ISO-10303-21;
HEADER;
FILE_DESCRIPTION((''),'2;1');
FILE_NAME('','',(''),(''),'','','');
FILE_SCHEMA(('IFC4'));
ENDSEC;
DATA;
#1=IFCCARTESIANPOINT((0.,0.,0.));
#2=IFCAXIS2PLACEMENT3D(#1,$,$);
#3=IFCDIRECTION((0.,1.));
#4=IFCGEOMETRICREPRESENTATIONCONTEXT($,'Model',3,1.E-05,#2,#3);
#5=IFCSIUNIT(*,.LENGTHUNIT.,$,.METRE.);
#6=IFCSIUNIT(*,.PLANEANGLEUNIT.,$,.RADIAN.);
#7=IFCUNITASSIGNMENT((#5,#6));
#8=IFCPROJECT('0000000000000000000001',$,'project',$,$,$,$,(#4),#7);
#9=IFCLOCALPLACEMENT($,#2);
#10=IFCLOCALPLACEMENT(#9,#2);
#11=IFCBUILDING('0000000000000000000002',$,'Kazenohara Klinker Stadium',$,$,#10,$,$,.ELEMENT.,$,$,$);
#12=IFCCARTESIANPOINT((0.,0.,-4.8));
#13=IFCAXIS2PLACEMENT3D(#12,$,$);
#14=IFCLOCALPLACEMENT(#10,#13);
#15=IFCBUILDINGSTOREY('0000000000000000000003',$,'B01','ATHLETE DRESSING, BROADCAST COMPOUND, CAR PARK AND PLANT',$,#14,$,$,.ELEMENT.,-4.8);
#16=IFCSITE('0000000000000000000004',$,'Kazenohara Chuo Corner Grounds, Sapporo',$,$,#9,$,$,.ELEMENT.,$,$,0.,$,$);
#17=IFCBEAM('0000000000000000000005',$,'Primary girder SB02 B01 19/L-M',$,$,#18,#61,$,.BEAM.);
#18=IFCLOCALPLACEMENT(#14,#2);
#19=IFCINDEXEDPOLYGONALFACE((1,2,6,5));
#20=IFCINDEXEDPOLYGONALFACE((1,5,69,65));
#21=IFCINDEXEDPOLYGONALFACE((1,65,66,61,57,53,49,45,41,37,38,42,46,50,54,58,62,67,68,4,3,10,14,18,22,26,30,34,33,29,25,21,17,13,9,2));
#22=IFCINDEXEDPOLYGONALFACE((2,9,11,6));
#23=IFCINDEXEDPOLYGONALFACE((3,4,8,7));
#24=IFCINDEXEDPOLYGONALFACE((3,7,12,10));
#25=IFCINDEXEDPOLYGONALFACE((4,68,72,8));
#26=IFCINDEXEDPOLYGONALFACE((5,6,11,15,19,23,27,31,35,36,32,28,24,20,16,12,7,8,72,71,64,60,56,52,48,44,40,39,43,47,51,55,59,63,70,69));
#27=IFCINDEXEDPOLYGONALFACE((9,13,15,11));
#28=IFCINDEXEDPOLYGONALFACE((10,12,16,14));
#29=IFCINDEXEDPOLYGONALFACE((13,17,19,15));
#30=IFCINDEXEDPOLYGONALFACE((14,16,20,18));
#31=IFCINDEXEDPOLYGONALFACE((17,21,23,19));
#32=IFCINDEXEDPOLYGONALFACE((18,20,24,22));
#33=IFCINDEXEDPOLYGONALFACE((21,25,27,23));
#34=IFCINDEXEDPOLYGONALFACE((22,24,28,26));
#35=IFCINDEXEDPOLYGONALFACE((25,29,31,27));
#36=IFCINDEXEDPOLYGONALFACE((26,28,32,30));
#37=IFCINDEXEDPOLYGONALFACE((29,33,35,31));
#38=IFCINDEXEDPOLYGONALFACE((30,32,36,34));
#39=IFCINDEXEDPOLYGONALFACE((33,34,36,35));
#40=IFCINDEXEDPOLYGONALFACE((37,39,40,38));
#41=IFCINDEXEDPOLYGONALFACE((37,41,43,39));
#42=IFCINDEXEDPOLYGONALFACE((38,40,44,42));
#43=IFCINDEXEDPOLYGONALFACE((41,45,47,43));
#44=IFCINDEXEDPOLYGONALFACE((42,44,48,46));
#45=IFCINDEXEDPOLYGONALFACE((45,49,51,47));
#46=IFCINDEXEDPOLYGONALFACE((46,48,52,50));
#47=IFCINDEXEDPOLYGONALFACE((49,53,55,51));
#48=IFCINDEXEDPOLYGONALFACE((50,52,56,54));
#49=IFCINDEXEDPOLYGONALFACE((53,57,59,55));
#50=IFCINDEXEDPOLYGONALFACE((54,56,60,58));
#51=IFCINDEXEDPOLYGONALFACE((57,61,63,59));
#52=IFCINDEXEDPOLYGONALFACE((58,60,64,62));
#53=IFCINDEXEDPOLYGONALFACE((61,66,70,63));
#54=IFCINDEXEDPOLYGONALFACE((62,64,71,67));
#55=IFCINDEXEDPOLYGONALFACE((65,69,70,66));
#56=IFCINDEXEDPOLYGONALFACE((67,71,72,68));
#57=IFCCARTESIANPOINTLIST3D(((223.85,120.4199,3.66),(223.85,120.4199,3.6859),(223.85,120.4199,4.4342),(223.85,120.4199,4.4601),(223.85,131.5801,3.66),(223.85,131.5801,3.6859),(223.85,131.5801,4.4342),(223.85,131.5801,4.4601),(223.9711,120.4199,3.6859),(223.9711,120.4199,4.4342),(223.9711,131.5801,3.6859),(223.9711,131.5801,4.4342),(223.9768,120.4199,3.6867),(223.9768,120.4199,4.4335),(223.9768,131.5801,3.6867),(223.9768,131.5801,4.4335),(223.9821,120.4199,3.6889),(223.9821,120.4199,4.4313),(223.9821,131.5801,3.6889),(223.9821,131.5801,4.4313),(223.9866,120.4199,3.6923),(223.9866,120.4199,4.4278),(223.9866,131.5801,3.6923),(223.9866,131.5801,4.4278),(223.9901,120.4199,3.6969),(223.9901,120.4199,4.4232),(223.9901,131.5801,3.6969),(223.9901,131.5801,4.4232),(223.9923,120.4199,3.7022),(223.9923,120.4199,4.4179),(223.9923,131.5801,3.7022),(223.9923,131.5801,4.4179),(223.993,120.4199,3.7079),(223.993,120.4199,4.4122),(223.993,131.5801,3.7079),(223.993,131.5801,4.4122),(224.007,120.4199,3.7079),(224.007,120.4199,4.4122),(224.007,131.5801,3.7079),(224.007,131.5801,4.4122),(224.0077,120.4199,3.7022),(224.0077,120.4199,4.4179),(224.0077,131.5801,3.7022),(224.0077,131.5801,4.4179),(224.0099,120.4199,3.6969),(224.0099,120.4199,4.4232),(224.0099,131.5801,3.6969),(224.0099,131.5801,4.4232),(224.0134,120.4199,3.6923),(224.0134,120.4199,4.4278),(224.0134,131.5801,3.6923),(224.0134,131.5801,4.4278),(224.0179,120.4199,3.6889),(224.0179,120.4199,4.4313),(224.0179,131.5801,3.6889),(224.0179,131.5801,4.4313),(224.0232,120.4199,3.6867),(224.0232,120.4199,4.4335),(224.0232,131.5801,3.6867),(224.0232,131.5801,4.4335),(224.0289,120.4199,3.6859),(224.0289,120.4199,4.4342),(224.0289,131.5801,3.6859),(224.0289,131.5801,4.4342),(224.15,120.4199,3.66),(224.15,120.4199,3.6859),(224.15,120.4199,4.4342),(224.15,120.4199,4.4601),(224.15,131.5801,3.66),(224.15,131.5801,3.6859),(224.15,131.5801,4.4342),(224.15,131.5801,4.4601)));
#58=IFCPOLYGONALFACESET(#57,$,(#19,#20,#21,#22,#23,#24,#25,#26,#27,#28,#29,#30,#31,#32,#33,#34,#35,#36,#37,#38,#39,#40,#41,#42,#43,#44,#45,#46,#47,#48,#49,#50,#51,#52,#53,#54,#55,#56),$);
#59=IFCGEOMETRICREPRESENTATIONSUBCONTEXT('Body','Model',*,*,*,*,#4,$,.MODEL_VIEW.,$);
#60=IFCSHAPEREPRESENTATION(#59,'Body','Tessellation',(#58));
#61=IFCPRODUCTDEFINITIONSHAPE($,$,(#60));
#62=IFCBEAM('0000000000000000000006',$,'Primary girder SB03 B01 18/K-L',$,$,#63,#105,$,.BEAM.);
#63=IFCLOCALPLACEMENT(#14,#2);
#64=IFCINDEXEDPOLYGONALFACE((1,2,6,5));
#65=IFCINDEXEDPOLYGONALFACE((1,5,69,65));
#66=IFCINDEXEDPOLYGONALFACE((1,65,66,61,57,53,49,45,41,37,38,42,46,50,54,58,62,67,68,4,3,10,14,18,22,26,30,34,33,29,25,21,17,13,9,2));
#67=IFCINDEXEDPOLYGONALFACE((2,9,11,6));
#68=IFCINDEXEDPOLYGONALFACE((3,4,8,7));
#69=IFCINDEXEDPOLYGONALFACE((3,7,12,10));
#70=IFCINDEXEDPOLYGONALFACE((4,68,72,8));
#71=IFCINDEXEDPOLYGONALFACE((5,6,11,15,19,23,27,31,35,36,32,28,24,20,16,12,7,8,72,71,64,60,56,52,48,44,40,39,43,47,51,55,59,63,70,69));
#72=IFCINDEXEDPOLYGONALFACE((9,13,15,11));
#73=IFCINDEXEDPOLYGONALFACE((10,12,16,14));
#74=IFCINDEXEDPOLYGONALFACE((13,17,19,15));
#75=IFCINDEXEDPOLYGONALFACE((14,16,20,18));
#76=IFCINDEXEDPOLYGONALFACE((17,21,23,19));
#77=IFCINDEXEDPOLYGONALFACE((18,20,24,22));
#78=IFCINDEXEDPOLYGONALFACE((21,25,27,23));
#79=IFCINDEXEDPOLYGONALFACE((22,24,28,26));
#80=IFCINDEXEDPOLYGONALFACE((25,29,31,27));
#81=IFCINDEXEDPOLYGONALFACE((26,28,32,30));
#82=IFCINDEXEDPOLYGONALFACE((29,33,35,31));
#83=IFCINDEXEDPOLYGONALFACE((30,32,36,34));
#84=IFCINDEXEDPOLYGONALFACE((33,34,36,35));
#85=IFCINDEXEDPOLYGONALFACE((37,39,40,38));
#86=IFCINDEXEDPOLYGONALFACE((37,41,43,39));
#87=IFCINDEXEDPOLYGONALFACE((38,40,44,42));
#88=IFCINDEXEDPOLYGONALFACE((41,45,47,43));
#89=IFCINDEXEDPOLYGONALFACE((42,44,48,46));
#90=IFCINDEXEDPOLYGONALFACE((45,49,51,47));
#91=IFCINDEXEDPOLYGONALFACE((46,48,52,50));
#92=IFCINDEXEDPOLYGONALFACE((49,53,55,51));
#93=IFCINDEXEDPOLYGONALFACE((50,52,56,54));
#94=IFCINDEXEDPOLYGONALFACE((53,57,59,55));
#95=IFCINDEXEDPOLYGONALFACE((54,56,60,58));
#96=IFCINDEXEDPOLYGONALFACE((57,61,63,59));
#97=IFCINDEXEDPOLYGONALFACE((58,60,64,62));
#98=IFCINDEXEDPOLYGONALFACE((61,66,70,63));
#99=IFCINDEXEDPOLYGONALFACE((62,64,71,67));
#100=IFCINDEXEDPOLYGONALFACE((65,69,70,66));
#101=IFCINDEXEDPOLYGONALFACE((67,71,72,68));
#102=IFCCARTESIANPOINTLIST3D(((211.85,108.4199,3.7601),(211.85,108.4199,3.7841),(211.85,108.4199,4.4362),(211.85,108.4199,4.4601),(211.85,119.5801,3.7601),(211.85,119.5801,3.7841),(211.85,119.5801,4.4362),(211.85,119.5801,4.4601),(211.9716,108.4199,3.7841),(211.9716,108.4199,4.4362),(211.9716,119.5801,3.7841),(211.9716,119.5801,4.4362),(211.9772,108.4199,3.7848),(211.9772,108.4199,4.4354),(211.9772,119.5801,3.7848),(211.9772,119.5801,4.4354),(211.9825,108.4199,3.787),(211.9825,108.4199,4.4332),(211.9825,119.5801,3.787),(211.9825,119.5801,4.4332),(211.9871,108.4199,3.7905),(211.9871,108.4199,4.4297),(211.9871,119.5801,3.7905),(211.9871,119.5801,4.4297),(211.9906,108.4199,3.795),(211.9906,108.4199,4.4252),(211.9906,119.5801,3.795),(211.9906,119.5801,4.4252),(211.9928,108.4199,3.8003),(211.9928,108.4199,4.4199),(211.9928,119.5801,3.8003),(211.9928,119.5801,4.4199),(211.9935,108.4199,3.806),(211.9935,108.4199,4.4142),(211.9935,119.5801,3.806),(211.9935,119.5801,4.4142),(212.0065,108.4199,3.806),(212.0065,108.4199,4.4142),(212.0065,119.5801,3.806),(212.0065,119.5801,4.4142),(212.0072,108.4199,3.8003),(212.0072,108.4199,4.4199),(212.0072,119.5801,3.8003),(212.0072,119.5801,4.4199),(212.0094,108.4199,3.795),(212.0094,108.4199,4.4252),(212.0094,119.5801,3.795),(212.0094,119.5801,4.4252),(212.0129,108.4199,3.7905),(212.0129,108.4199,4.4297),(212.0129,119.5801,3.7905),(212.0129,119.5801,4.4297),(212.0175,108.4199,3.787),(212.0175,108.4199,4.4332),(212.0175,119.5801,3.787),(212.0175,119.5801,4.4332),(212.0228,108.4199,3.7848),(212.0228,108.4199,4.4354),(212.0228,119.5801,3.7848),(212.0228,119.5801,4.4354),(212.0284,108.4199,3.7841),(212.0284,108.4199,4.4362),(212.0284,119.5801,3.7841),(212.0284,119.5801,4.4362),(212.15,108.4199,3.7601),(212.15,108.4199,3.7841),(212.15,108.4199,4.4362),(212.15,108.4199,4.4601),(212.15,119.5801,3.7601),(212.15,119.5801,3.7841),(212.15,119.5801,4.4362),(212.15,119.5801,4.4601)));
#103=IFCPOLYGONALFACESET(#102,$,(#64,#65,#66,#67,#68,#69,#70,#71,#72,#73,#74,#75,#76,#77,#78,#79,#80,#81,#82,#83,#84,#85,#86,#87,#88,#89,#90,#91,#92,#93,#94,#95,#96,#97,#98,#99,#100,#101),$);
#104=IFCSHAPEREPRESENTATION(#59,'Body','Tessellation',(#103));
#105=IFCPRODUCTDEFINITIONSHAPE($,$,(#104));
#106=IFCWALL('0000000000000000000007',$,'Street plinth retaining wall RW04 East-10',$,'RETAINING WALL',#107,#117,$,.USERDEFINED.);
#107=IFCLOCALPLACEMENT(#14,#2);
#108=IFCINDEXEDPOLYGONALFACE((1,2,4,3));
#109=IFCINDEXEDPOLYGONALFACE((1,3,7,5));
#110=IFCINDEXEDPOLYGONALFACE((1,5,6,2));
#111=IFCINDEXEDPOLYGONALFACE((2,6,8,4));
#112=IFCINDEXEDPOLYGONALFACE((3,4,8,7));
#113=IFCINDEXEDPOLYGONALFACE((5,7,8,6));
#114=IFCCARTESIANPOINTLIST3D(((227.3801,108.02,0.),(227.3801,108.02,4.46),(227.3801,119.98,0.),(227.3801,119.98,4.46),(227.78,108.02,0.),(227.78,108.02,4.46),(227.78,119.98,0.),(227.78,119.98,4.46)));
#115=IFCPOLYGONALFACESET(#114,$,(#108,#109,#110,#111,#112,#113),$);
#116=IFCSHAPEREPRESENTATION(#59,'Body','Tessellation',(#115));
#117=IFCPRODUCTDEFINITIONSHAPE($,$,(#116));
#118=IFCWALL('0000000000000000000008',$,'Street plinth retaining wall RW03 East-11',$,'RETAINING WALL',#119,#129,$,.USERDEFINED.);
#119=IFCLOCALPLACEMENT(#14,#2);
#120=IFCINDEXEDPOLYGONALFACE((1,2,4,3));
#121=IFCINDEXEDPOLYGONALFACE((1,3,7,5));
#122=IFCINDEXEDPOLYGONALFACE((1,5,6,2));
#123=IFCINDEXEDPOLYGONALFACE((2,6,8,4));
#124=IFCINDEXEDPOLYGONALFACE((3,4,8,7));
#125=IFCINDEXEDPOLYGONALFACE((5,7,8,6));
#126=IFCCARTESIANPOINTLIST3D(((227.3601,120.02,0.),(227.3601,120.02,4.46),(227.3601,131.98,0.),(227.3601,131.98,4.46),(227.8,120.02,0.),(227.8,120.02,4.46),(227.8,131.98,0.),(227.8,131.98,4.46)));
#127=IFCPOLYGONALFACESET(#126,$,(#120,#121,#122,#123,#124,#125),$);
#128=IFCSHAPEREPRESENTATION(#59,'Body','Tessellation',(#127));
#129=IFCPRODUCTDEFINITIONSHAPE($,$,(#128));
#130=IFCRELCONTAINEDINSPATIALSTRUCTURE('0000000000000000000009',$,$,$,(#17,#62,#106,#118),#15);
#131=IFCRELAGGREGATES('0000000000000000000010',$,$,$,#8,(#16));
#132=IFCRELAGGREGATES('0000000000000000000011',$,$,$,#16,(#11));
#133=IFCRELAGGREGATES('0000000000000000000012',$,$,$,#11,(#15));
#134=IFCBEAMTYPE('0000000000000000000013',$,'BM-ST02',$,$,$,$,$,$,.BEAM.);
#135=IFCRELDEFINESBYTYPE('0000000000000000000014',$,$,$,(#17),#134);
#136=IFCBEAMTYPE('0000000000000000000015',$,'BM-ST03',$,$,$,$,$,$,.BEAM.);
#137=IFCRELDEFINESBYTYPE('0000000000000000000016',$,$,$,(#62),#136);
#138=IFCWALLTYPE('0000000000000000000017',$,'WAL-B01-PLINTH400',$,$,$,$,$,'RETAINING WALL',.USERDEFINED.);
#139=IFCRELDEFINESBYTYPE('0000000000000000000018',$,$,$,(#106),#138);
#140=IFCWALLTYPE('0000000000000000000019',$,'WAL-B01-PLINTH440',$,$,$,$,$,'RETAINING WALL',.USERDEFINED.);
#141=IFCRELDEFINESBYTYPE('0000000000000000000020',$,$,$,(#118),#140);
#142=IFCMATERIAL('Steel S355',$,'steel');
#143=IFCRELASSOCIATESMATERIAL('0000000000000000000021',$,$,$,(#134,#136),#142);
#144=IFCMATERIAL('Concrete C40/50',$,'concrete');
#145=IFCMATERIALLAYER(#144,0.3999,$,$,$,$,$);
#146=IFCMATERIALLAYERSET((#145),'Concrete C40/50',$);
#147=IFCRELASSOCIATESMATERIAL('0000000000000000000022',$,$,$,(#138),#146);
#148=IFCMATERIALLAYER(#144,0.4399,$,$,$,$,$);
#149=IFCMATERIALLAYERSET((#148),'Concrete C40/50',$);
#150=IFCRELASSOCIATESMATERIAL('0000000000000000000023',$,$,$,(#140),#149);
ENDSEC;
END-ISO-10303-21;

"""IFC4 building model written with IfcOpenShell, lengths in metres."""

from ifc_helpers import new_model, si_unit, direction, frame, frame_2d, origin, origin_2d, place, context, subcontext, project, spatial, rectangle, i_section, extrude, material, layer, layer_set, material_profile, profile_set, type_object, element, save


model = new_model("IFC4")

# Units and contexts
model_context = context("Model", 3, precision=1e-05, world=origin(), true_north=direction((0.0, 1.0)))
body_context = subcontext(model_context, "Body", "Model", "MODEL_VIEW")
ifc_project = project(units=[si_unit("LENGTHUNIT", "METRE"), si_unit("PLANEANGLEUNIT", "RADIAN")], contexts=[model_context])

# Site, building, storey
site_placement = place(None, origin())
site = spatial("IfcSite", under=ifc_project, at=site_placement, Name="Kazenohara Chuo Corner Grounds, Sapporo", CompositionType="ELEMENT", RefElevation=0.0)
building_placement = place(site_placement, origin())
building = spatial("IfcBuilding", under=site, at=building_placement, Name="Kazenohara Klinker Stadium", CompositionType="ELEMENT")
storey_placement = place(building_placement, frame((0.0, 0.0, -4.8)))
storey = spatial("IfcBuildingStorey", under=building, at=storey_placement, Name="B01", Description="ATHLETE DRESSING, BROADCAST COMPOUND, CAR PARK AND PLANT", CompositionType="ELEMENT", Elevation=-4.8)

# Shared definitions
ifc_material_1 = material(Name="Concrete C40/50", Category="concrete")

# Beams
ifc_material_2 = material(Name="Steel S355", Category="steel")
ifc_material_profile_1 = material_profile(ifc_material_2, i_section(OverallWidth=0.3, OverallDepth=0.8, WebThickness=0.0139, FlangeThickness=0.0259, FilletRadius=0.022, at=origin_2d()), Name="H-800x300x14x26")
ifc_profile_set_1 = profile_set([ifc_material_profile_1], Name="Steel S355")
beam_type_1 = type_object("IfcBeamType", Name="BM-ST02", PredefinedType="BEAM", material=ifc_profile_set_1)
for number, where, z_axis, x_axis, name in (
    (1, (224.0, 120.4199, 4.0601), (0.0, 1.0, 0.0), (-1.0, 0.0, 0.0), "Primary girder SB02 B01 19/L-M"),
):
    element("IfcBeam", number, at=place(storey_placement, frame(where, z_axis=z_axis, x_axis=x_axis)), inside=storey, type_object=beam_type_1, Name=name, PredefinedType="BEAM", context=body_context, shape_type="SweptSolid", body=[
        extrude(i_section(OverallWidth=0.3, OverallDepth=0.8, WebThickness=0.0139, FlangeThickness=0.0259, FilletRadius=0.022, at=origin_2d()), origin(), (0.0, 0.0, 1.0), 11.1602),
    ])
ifc_material_profile_2 = material_profile(ifc_material_2, i_section(OverallWidth=0.3, OverallDepth=0.7, WebThickness=0.0129, FlangeThickness=0.0239, FilletRadius=0.022, at=origin_2d()), Name="H-700x300x13x24")
ifc_profile_set_2 = profile_set([ifc_material_profile_2], Name="Steel S355")
beam_type_2 = type_object("IfcBeamType", Name="BM-ST03", PredefinedType="BEAM", material=ifc_profile_set_2)
beam_1_placement = place(storey_placement, frame((212.0, 108.4199, 4.1101), z_axis=(0.0, 1.0, 0.0), x_axis=(-1.0, 0.0, 0.0)))
element("IfcBeam", 2, at=beam_1_placement, inside=storey, type_object=beam_type_2, Name="Primary girder SB03 B01 18/K-L", PredefinedType="BEAM", context=body_context, shape_type="SweptSolid", body=[
    extrude(i_section(OverallWidth=0.3, OverallDepth=0.7, WebThickness=0.0129, FlangeThickness=0.0239, FilletRadius=0.022, at=origin_2d()), origin(), (0.0, 0.0, 1.0), 11.1602),
])

# Walls
ifc_layer_1 = layer(ifc_material_1, 0.3999)
ifc_layer_set_1 = layer_set([ifc_layer_1], Name="Concrete C40/50")
wall_type_1 = type_object("IfcWallType", Name="WAL-B01-PLINTH400", ElementType="RETAINING WALL", PredefinedType="USERDEFINED", material=ifc_layer_set_1)
wall_1_placement = place(storey_placement, frame((227.5801, 108.02, 0.0), z_axis=(0.0, 0.0, 1.0), x_axis=(0.0, 1.0, 0.0)))
element("IfcWall", 3, at=wall_1_placement, inside=storey, type_object=wall_type_1, Name="Street plinth retaining wall RW04 East-10", ObjectType="RETAINING WALL", PredefinedType="USERDEFINED", context=body_context, shape_type="SweptSolid", body=[
    extrude(rectangle(XDim=11.96, YDim=0.3999, at=frame_2d((5.98, 0.0))), origin(), (0.0, 0.0, 1.0), 4.46),
])
ifc_layer_2 = layer(ifc_material_1, 0.4399)
ifc_layer_set_2 = layer_set([ifc_layer_2], Name="Concrete C40/50")
wall_type_2 = type_object("IfcWallType", Name="WAL-B01-PLINTH440", ElementType="RETAINING WALL", PredefinedType="USERDEFINED", material=ifc_layer_set_2)
wall_2_placement = place(storey_placement, frame((227.5801, 120.02, 0.0), z_axis=(0.0, 0.0, 1.0), x_axis=(0.0, 1.0, 0.0)))
element("IfcWall", 4, at=wall_2_placement, inside=storey, type_object=wall_type_2, Name="Street plinth retaining wall RW03 East-11", ObjectType="RETAINING WALL", PredefinedType="USERDEFINED", context=body_context, shape_type="SweptSolid", body=[
    extrude(rectangle(XDim=11.96, YDim=0.4399, at=frame_2d((5.98, 0.0))), origin(), (0.0, 0.0, 1.0), 4.46),
])

save(model, "model.ifc")
